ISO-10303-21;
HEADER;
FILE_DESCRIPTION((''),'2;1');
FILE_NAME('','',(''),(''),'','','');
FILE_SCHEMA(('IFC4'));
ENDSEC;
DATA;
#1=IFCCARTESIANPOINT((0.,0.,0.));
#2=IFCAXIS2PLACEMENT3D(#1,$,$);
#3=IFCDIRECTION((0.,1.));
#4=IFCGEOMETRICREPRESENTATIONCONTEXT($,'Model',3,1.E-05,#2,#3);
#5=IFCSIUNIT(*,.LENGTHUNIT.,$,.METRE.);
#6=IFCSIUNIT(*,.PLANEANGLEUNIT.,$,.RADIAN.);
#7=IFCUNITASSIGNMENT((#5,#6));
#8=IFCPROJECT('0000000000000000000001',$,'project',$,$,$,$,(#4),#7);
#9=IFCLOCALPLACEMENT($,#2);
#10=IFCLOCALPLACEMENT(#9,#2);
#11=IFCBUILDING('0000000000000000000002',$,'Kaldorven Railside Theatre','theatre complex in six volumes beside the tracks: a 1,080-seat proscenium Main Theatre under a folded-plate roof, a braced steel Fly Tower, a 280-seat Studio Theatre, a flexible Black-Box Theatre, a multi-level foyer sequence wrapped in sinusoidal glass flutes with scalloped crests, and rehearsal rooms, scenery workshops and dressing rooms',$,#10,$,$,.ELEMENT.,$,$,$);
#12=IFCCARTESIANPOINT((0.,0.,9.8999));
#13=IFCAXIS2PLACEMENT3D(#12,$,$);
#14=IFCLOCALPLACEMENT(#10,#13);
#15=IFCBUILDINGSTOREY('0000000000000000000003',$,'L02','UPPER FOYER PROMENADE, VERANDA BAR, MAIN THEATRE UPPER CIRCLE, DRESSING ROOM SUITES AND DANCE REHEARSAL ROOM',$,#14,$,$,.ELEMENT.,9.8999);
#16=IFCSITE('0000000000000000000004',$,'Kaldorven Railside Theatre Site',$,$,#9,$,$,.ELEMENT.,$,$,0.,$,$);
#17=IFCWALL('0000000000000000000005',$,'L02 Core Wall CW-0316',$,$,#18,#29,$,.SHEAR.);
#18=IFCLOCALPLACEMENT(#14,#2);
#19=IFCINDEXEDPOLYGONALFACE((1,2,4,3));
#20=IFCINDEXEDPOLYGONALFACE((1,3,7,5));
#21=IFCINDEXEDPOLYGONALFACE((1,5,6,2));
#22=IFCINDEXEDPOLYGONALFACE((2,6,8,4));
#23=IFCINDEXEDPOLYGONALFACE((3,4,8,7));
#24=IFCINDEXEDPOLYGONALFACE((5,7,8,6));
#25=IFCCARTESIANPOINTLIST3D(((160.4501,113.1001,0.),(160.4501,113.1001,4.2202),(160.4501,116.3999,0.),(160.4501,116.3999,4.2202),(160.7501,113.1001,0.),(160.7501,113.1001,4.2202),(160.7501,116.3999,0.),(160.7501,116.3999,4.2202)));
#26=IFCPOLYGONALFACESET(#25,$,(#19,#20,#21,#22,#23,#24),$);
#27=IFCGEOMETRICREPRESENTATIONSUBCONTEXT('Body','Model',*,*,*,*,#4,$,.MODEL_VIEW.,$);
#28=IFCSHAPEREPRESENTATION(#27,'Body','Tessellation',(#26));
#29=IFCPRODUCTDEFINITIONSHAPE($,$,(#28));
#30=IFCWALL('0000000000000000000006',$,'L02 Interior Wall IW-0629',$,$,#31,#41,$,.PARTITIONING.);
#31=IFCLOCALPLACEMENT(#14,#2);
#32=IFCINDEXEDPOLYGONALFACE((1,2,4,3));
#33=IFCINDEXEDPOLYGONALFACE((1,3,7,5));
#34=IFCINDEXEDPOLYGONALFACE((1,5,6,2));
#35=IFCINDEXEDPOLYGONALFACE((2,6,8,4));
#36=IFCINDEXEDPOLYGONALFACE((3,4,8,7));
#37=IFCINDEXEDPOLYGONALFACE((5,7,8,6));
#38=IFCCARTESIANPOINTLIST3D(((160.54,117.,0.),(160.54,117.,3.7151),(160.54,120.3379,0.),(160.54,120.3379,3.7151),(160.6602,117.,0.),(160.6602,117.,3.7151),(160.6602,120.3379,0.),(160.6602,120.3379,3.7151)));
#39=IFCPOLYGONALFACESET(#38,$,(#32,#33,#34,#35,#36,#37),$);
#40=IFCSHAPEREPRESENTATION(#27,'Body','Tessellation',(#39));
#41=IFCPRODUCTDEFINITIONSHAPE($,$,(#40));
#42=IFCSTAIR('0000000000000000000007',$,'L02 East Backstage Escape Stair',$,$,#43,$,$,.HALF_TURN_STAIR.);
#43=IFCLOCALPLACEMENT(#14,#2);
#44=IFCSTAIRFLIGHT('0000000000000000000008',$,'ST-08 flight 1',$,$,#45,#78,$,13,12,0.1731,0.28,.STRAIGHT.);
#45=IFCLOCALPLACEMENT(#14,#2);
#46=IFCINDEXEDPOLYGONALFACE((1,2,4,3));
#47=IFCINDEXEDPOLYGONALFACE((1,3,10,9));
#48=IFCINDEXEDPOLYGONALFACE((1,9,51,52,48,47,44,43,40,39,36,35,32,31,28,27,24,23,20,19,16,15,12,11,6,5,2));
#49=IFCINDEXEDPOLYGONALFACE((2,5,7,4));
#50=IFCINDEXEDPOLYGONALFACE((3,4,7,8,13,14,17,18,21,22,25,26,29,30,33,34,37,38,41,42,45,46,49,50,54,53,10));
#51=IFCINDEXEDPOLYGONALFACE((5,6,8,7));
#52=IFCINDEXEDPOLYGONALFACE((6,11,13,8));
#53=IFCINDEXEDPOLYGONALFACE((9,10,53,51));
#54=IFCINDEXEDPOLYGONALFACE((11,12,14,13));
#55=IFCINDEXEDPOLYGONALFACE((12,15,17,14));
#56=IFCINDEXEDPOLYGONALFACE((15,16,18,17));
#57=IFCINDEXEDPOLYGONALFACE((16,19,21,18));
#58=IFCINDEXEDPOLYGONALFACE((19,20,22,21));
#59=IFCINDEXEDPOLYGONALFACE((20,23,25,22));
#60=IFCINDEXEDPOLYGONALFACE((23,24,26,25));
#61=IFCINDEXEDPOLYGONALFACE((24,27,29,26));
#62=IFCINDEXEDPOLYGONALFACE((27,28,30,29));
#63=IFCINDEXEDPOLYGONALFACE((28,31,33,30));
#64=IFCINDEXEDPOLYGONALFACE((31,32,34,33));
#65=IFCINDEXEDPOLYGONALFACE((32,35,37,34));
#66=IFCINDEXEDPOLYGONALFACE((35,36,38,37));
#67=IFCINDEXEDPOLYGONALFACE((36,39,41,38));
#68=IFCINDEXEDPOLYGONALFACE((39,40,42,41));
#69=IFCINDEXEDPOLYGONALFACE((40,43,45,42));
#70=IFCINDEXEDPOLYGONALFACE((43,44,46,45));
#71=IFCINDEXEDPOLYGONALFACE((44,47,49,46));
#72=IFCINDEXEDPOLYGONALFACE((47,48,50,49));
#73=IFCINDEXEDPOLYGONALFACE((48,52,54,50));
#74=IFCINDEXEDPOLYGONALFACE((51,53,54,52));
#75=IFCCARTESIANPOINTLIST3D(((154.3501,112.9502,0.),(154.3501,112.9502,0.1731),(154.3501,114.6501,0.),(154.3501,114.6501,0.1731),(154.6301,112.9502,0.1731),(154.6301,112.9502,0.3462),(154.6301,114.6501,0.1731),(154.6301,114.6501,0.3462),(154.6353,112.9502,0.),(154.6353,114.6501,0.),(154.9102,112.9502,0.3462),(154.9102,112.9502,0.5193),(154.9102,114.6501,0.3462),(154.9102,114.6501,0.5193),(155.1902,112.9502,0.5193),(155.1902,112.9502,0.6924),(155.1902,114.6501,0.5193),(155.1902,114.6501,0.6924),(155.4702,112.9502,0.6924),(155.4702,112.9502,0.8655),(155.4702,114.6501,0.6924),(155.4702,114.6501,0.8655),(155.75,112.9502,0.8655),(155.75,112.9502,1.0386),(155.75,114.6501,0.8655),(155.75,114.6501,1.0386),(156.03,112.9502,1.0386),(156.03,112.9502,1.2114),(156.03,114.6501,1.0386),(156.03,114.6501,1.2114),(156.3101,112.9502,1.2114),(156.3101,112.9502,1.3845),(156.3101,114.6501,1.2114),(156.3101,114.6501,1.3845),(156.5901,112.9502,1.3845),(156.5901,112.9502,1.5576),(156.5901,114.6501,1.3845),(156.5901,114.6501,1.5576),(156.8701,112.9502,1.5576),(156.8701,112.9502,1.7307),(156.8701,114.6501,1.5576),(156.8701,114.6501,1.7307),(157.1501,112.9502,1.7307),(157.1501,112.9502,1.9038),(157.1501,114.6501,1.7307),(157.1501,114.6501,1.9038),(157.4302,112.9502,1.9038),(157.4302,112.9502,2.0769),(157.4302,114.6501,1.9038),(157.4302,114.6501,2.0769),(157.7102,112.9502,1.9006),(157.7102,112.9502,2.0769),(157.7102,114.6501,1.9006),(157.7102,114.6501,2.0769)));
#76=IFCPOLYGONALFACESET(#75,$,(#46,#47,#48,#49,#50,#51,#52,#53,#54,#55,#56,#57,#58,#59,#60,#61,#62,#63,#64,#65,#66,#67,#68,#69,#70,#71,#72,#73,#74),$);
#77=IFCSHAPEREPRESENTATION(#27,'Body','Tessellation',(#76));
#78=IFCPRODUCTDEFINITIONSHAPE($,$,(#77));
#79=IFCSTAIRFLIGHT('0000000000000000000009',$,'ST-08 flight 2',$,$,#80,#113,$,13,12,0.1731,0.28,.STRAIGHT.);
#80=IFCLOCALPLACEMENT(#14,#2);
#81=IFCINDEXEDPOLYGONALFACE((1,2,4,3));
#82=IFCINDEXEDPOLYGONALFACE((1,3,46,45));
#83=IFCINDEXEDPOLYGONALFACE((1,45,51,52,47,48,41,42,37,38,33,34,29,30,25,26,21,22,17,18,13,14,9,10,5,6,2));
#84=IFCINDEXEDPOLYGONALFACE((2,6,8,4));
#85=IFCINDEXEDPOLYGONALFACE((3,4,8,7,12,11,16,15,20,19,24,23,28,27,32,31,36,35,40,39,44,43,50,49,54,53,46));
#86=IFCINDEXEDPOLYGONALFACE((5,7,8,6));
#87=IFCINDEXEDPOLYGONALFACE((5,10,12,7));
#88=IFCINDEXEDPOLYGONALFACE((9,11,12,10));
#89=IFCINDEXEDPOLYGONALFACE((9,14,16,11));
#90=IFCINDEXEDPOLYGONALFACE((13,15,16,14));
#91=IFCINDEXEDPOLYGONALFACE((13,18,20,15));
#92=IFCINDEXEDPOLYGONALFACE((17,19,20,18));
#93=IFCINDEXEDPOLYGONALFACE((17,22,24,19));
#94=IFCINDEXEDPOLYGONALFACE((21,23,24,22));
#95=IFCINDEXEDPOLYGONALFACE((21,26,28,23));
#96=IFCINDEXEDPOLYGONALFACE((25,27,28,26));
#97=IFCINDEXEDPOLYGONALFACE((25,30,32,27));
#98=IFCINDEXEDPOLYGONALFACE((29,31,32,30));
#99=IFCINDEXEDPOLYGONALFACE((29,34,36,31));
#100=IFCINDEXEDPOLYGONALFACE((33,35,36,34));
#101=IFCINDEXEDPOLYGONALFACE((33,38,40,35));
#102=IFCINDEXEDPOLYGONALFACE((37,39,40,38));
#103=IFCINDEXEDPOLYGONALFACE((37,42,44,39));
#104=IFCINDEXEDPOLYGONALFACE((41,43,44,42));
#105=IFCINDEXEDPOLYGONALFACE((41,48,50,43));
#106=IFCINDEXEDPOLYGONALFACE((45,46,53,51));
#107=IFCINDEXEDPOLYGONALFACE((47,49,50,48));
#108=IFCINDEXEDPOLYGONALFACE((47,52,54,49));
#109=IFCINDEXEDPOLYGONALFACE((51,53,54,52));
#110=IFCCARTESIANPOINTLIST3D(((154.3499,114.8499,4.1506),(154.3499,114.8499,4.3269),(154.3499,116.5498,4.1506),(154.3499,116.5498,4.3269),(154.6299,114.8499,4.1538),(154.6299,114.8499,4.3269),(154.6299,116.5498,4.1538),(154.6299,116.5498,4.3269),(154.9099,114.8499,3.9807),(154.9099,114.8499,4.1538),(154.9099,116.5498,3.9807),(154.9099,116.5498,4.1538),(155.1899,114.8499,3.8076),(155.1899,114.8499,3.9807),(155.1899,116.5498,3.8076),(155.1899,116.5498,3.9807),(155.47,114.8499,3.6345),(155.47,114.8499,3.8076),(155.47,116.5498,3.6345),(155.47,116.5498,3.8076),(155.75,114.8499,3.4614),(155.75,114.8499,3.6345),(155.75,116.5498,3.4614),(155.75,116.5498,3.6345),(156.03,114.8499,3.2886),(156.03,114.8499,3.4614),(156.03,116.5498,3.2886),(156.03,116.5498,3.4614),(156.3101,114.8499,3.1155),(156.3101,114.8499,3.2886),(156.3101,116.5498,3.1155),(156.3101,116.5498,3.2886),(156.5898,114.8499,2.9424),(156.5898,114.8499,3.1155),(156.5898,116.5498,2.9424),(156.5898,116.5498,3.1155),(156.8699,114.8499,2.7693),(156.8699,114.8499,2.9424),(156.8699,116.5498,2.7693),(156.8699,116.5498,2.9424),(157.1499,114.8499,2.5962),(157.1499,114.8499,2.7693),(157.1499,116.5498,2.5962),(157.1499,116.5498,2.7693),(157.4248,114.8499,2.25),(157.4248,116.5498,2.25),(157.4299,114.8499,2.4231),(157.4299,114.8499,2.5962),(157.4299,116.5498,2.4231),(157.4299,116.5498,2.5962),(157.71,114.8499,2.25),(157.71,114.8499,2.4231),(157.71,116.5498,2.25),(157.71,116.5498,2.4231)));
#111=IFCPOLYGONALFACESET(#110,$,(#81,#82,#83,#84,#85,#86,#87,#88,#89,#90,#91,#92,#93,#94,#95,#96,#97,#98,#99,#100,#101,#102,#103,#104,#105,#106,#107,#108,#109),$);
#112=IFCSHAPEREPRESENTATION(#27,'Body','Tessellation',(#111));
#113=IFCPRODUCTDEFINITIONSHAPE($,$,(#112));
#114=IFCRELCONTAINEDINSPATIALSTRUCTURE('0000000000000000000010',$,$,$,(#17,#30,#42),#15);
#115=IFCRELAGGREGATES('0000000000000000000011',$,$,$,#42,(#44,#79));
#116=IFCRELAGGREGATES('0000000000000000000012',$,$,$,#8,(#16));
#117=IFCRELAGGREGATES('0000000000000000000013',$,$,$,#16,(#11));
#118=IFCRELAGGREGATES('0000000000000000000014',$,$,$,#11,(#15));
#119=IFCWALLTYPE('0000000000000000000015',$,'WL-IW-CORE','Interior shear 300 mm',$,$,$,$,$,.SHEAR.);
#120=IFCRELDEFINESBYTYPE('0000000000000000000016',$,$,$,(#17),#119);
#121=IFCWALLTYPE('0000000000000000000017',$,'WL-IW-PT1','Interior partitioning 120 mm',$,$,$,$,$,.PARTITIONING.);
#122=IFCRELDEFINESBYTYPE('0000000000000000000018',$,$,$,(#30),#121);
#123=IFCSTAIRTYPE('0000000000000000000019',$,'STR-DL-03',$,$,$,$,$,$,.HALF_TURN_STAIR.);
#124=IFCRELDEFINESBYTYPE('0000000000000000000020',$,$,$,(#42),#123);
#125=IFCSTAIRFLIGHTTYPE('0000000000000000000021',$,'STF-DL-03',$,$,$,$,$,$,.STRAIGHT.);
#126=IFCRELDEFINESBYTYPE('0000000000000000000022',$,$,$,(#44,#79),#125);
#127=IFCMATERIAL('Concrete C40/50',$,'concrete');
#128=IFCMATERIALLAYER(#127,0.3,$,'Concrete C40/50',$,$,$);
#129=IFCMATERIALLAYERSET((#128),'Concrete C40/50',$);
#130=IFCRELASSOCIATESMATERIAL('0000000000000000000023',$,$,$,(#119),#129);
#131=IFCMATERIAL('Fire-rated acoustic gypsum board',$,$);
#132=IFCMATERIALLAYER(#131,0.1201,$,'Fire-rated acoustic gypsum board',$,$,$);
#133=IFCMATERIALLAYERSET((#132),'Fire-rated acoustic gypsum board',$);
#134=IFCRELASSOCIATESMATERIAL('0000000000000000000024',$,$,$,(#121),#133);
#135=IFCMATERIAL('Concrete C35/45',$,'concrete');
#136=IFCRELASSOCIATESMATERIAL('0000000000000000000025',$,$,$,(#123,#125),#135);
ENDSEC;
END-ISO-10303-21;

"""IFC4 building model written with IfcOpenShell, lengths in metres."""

from ifc_helpers import new_model, si_unit, direction, frame, frame_2d, origin, place, context, subcontext, project, spatial, polyline, rectangle, outline, extrude, material, layer, layer_set, type_object, element, aggregate, save


model = new_model("IFC4")

# Units and contexts
model_context = context("Model", 3, precision=1e-05, world=origin(), true_north=direction((0.0, 1.0)))
body_context = subcontext(model_context, "Body", "Model", "MODEL_VIEW")
ifc_project = project(units=[si_unit("LENGTHUNIT", "METRE"), si_unit("PLANEANGLEUNIT", "RADIAN")], contexts=[model_context])

# Site, building, storey
site_placement = place(None, origin())
site = spatial("IfcSite", under=ifc_project, at=site_placement, Name="Kaldorven Railside Theatre Site", CompositionType="ELEMENT", RefElevation=0.0)
building_placement = place(site_placement, origin())
building = spatial("IfcBuilding", under=site, at=building_placement, Name="Kaldorven Railside Theatre", Description="theatre complex in six volumes beside the tracks: a 1,080-seat proscenium Main Theatre under a folded-plate roof, a braced steel Fly Tower, a 280-seat Studio Theatre, a flexible Black-Box Theatre, a multi-level foyer sequence wrapped in sinusoidal glass flutes with scalloped crests, and rehearsal rooms, scenery workshops and dressing rooms", CompositionType="ELEMENT")
storey_placement = place(building_placement, frame((0.0, 0.0, 9.8999)))
storey = spatial("IfcBuildingStorey", under=building, at=storey_placement, Name="L02", Description="UPPER FOYER PROMENADE, VERANDA BAR, MAIN THEATRE UPPER CIRCLE, DRESSING ROOM SUITES AND DANCE REHEARSAL ROOM", CompositionType="ELEMENT", Elevation=9.8999)

# Shared definitions
ifc_material_1 = material(Name="Concrete C40/50", Category="concrete")

# Walls
ifc_layer_1 = layer(ifc_material_1, 0.3, Name="Concrete C40/50")
ifc_layer_set_1 = layer_set([ifc_layer_1], Name="Concrete C40/50")
wall_type_1 = type_object("IfcWallType", Name="WL-IW-CORE", Description="Interior shear 300 mm", PredefinedType="SHEAR", material=ifc_layer_set_1)
wall_1_placement = place(storey_placement, frame((160.6001, 116.3999, 0.0), z_axis=(0.0, 0.0, 1.0), x_axis=(0.0, -1.0, 0.0)))
element("IfcWall", 1, at=wall_1_placement, inside=storey, type_object=wall_type_1, Name="L02 Core Wall CW-0316", PredefinedType="SHEAR", context=body_context, shape_type="SweptSolid", body=[
    extrude(rectangle(XDim=3.2998, YDim=0.3, at=frame_2d((1.6499, 0.0))), origin(), (0.0, 0.0, 1.0), 4.2202),
])
ifc_material_2 = material(Name="Fire-rated acoustic gypsum board")
ifc_layer_2 = layer(ifc_material_2, 0.1201, Name="Fire-rated acoustic gypsum board")
ifc_layer_set_2 = layer_set([ifc_layer_2], Name="Fire-rated acoustic gypsum board")
wall_type_2 = type_object("IfcWallType", Name="WL-IW-PT1", Description="Interior partitioning 120 mm", PredefinedType="PARTITIONING", material=ifc_layer_set_2)
wall_2_placement = place(storey_placement, frame((160.6001, 120.3379, 0.0), z_axis=(0.0, 0.0, 1.0), x_axis=(0.0, -1.0, 0.0)))
element("IfcWall", 2, at=wall_2_placement, inside=storey, type_object=wall_type_2, Name="L02 Interior Wall IW-0629", PredefinedType="PARTITIONING", context=body_context, shape_type="SweptSolid", body=[
    extrude(rectangle(XDim=3.3379, YDim=0.1201, at=frame_2d((1.6689, 0.0))), origin(), (0.0, 0.0, 1.0), 3.7151),
])

# Stair, stair flights
ifc_material_3 = material(Name="Concrete C35/45", Category="concrete")
stair_type = type_object("IfcStairType", Name="STR-DL-03", PredefinedType="HALF_TURN_STAIR", material=ifc_material_3)
stair_placement = place(storey_placement, origin())
stair = element("IfcStair", 3, at=stair_placement, inside=storey, type_object=stair_type, Name="L02 East Backstage Escape Stair", PredefinedType="HALF_TURN_STAIR")
stair_flight_type = type_object("IfcStairFlightType", Name="STF-DL-03", PredefinedType="STRAIGHT", material=ifc_material_3)
stair_flight_1_placement = place(storey_placement, frame((154.3501, 113.8, 0.0), z_axis=(0.0, 0.0, 1.0), x_axis=(1.0, 0.0, 0.0)))
stair_flight_1 = element("IfcStairFlight", 4, at=stair_flight_1_placement, type_object=stair_flight_type, Name="ST-08 flight 1", NumberOfRisers=13, NumberOfTreads=12, PredefinedType="STRAIGHT", RiserHeight=0.1731, TreadLength=0.28, context=body_context, shape_type="SweptSolid", body=[
    extrude(outline(polyline([(0.0, 0.0), (0.0, 0.1731), (0.28, 0.1731), (0.28, 0.3462), (0.5601, 0.3462), (0.5601, 0.5193), (0.8401, 0.5193), (0.8401, 0.6924), (1.1201, 0.6924), (1.1201, 0.8655), (1.3999, 0.8655), (1.3999, 1.0386), (1.6799, 1.0386), (1.6799, 1.2114), (1.96, 1.2114), (1.96, 1.3845), (2.24, 1.3845), (2.24, 1.5576), (2.52, 1.5576), (2.52, 1.7307), (2.8, 1.7307), (2.8, 1.9038), (3.0801, 1.9038), (3.0801, 2.0769), (3.3601, 2.0769), (3.3601, 2.25), (3.3601, 1.9006), (0.2852, 0.0), (0.0, 0.0)])), frame((0.0, 0.8501, 0.0), z_axis=(0.0, -1.0, 0.0), x_axis=(1.0, 0.0, 0.0)), (0.0, 0.0, 1.0), 1.7),
])
stair_flight_2_placement = place(storey_placement, frame((157.71, 115.7, 2.25), z_axis=(0.0, 0.0, 1.0), x_axis=(-1.0, 0.0, 0.0)))
stair_flight_2 = element("IfcStairFlight", 5, at=stair_flight_2_placement, type_object=stair_flight_type, Name="ST-08 flight 2", NumberOfRisers=13, NumberOfTreads=12, PredefinedType="STRAIGHT", RiserHeight=0.1731, TreadLength=0.28, context=body_context, shape_type="SweptSolid", body=[
    extrude(outline(polyline([(0.0, 0.0), (0.0, 0.1731), (0.28, 0.1731), (0.28, 0.3462), (0.5601, 0.3462), (0.5601, 0.5193), (0.8401, 0.5193), (0.8401, 0.6924), (1.1201, 0.6924), (1.1201, 0.8655), (1.3999, 0.8655), (1.3999, 1.0386), (1.6799, 1.0386), (1.6799, 1.2114), (1.96, 1.2114), (1.96, 1.3845), (2.24, 1.3845), (2.24, 1.5576), (2.52, 1.5576), (2.52, 1.7307), (2.8, 1.7307), (2.8, 1.9038), (3.0801, 1.9038), (3.0801, 2.0769), (3.3601, 2.0769), (3.3601, 2.25), (3.3601, 1.9006), (0.2852, 0.0), (0.0, 0.0)])), frame((0.0, 0.8501, 0.0), z_axis=(0.0, -1.0, 0.0), x_axis=(1.0, 0.0, 0.0)), (0.0, 0.0, 1.0), 1.7),
])
aggregate(stair, [stair_flight_1, stair_flight_2])

save(model, "model.ifc")
